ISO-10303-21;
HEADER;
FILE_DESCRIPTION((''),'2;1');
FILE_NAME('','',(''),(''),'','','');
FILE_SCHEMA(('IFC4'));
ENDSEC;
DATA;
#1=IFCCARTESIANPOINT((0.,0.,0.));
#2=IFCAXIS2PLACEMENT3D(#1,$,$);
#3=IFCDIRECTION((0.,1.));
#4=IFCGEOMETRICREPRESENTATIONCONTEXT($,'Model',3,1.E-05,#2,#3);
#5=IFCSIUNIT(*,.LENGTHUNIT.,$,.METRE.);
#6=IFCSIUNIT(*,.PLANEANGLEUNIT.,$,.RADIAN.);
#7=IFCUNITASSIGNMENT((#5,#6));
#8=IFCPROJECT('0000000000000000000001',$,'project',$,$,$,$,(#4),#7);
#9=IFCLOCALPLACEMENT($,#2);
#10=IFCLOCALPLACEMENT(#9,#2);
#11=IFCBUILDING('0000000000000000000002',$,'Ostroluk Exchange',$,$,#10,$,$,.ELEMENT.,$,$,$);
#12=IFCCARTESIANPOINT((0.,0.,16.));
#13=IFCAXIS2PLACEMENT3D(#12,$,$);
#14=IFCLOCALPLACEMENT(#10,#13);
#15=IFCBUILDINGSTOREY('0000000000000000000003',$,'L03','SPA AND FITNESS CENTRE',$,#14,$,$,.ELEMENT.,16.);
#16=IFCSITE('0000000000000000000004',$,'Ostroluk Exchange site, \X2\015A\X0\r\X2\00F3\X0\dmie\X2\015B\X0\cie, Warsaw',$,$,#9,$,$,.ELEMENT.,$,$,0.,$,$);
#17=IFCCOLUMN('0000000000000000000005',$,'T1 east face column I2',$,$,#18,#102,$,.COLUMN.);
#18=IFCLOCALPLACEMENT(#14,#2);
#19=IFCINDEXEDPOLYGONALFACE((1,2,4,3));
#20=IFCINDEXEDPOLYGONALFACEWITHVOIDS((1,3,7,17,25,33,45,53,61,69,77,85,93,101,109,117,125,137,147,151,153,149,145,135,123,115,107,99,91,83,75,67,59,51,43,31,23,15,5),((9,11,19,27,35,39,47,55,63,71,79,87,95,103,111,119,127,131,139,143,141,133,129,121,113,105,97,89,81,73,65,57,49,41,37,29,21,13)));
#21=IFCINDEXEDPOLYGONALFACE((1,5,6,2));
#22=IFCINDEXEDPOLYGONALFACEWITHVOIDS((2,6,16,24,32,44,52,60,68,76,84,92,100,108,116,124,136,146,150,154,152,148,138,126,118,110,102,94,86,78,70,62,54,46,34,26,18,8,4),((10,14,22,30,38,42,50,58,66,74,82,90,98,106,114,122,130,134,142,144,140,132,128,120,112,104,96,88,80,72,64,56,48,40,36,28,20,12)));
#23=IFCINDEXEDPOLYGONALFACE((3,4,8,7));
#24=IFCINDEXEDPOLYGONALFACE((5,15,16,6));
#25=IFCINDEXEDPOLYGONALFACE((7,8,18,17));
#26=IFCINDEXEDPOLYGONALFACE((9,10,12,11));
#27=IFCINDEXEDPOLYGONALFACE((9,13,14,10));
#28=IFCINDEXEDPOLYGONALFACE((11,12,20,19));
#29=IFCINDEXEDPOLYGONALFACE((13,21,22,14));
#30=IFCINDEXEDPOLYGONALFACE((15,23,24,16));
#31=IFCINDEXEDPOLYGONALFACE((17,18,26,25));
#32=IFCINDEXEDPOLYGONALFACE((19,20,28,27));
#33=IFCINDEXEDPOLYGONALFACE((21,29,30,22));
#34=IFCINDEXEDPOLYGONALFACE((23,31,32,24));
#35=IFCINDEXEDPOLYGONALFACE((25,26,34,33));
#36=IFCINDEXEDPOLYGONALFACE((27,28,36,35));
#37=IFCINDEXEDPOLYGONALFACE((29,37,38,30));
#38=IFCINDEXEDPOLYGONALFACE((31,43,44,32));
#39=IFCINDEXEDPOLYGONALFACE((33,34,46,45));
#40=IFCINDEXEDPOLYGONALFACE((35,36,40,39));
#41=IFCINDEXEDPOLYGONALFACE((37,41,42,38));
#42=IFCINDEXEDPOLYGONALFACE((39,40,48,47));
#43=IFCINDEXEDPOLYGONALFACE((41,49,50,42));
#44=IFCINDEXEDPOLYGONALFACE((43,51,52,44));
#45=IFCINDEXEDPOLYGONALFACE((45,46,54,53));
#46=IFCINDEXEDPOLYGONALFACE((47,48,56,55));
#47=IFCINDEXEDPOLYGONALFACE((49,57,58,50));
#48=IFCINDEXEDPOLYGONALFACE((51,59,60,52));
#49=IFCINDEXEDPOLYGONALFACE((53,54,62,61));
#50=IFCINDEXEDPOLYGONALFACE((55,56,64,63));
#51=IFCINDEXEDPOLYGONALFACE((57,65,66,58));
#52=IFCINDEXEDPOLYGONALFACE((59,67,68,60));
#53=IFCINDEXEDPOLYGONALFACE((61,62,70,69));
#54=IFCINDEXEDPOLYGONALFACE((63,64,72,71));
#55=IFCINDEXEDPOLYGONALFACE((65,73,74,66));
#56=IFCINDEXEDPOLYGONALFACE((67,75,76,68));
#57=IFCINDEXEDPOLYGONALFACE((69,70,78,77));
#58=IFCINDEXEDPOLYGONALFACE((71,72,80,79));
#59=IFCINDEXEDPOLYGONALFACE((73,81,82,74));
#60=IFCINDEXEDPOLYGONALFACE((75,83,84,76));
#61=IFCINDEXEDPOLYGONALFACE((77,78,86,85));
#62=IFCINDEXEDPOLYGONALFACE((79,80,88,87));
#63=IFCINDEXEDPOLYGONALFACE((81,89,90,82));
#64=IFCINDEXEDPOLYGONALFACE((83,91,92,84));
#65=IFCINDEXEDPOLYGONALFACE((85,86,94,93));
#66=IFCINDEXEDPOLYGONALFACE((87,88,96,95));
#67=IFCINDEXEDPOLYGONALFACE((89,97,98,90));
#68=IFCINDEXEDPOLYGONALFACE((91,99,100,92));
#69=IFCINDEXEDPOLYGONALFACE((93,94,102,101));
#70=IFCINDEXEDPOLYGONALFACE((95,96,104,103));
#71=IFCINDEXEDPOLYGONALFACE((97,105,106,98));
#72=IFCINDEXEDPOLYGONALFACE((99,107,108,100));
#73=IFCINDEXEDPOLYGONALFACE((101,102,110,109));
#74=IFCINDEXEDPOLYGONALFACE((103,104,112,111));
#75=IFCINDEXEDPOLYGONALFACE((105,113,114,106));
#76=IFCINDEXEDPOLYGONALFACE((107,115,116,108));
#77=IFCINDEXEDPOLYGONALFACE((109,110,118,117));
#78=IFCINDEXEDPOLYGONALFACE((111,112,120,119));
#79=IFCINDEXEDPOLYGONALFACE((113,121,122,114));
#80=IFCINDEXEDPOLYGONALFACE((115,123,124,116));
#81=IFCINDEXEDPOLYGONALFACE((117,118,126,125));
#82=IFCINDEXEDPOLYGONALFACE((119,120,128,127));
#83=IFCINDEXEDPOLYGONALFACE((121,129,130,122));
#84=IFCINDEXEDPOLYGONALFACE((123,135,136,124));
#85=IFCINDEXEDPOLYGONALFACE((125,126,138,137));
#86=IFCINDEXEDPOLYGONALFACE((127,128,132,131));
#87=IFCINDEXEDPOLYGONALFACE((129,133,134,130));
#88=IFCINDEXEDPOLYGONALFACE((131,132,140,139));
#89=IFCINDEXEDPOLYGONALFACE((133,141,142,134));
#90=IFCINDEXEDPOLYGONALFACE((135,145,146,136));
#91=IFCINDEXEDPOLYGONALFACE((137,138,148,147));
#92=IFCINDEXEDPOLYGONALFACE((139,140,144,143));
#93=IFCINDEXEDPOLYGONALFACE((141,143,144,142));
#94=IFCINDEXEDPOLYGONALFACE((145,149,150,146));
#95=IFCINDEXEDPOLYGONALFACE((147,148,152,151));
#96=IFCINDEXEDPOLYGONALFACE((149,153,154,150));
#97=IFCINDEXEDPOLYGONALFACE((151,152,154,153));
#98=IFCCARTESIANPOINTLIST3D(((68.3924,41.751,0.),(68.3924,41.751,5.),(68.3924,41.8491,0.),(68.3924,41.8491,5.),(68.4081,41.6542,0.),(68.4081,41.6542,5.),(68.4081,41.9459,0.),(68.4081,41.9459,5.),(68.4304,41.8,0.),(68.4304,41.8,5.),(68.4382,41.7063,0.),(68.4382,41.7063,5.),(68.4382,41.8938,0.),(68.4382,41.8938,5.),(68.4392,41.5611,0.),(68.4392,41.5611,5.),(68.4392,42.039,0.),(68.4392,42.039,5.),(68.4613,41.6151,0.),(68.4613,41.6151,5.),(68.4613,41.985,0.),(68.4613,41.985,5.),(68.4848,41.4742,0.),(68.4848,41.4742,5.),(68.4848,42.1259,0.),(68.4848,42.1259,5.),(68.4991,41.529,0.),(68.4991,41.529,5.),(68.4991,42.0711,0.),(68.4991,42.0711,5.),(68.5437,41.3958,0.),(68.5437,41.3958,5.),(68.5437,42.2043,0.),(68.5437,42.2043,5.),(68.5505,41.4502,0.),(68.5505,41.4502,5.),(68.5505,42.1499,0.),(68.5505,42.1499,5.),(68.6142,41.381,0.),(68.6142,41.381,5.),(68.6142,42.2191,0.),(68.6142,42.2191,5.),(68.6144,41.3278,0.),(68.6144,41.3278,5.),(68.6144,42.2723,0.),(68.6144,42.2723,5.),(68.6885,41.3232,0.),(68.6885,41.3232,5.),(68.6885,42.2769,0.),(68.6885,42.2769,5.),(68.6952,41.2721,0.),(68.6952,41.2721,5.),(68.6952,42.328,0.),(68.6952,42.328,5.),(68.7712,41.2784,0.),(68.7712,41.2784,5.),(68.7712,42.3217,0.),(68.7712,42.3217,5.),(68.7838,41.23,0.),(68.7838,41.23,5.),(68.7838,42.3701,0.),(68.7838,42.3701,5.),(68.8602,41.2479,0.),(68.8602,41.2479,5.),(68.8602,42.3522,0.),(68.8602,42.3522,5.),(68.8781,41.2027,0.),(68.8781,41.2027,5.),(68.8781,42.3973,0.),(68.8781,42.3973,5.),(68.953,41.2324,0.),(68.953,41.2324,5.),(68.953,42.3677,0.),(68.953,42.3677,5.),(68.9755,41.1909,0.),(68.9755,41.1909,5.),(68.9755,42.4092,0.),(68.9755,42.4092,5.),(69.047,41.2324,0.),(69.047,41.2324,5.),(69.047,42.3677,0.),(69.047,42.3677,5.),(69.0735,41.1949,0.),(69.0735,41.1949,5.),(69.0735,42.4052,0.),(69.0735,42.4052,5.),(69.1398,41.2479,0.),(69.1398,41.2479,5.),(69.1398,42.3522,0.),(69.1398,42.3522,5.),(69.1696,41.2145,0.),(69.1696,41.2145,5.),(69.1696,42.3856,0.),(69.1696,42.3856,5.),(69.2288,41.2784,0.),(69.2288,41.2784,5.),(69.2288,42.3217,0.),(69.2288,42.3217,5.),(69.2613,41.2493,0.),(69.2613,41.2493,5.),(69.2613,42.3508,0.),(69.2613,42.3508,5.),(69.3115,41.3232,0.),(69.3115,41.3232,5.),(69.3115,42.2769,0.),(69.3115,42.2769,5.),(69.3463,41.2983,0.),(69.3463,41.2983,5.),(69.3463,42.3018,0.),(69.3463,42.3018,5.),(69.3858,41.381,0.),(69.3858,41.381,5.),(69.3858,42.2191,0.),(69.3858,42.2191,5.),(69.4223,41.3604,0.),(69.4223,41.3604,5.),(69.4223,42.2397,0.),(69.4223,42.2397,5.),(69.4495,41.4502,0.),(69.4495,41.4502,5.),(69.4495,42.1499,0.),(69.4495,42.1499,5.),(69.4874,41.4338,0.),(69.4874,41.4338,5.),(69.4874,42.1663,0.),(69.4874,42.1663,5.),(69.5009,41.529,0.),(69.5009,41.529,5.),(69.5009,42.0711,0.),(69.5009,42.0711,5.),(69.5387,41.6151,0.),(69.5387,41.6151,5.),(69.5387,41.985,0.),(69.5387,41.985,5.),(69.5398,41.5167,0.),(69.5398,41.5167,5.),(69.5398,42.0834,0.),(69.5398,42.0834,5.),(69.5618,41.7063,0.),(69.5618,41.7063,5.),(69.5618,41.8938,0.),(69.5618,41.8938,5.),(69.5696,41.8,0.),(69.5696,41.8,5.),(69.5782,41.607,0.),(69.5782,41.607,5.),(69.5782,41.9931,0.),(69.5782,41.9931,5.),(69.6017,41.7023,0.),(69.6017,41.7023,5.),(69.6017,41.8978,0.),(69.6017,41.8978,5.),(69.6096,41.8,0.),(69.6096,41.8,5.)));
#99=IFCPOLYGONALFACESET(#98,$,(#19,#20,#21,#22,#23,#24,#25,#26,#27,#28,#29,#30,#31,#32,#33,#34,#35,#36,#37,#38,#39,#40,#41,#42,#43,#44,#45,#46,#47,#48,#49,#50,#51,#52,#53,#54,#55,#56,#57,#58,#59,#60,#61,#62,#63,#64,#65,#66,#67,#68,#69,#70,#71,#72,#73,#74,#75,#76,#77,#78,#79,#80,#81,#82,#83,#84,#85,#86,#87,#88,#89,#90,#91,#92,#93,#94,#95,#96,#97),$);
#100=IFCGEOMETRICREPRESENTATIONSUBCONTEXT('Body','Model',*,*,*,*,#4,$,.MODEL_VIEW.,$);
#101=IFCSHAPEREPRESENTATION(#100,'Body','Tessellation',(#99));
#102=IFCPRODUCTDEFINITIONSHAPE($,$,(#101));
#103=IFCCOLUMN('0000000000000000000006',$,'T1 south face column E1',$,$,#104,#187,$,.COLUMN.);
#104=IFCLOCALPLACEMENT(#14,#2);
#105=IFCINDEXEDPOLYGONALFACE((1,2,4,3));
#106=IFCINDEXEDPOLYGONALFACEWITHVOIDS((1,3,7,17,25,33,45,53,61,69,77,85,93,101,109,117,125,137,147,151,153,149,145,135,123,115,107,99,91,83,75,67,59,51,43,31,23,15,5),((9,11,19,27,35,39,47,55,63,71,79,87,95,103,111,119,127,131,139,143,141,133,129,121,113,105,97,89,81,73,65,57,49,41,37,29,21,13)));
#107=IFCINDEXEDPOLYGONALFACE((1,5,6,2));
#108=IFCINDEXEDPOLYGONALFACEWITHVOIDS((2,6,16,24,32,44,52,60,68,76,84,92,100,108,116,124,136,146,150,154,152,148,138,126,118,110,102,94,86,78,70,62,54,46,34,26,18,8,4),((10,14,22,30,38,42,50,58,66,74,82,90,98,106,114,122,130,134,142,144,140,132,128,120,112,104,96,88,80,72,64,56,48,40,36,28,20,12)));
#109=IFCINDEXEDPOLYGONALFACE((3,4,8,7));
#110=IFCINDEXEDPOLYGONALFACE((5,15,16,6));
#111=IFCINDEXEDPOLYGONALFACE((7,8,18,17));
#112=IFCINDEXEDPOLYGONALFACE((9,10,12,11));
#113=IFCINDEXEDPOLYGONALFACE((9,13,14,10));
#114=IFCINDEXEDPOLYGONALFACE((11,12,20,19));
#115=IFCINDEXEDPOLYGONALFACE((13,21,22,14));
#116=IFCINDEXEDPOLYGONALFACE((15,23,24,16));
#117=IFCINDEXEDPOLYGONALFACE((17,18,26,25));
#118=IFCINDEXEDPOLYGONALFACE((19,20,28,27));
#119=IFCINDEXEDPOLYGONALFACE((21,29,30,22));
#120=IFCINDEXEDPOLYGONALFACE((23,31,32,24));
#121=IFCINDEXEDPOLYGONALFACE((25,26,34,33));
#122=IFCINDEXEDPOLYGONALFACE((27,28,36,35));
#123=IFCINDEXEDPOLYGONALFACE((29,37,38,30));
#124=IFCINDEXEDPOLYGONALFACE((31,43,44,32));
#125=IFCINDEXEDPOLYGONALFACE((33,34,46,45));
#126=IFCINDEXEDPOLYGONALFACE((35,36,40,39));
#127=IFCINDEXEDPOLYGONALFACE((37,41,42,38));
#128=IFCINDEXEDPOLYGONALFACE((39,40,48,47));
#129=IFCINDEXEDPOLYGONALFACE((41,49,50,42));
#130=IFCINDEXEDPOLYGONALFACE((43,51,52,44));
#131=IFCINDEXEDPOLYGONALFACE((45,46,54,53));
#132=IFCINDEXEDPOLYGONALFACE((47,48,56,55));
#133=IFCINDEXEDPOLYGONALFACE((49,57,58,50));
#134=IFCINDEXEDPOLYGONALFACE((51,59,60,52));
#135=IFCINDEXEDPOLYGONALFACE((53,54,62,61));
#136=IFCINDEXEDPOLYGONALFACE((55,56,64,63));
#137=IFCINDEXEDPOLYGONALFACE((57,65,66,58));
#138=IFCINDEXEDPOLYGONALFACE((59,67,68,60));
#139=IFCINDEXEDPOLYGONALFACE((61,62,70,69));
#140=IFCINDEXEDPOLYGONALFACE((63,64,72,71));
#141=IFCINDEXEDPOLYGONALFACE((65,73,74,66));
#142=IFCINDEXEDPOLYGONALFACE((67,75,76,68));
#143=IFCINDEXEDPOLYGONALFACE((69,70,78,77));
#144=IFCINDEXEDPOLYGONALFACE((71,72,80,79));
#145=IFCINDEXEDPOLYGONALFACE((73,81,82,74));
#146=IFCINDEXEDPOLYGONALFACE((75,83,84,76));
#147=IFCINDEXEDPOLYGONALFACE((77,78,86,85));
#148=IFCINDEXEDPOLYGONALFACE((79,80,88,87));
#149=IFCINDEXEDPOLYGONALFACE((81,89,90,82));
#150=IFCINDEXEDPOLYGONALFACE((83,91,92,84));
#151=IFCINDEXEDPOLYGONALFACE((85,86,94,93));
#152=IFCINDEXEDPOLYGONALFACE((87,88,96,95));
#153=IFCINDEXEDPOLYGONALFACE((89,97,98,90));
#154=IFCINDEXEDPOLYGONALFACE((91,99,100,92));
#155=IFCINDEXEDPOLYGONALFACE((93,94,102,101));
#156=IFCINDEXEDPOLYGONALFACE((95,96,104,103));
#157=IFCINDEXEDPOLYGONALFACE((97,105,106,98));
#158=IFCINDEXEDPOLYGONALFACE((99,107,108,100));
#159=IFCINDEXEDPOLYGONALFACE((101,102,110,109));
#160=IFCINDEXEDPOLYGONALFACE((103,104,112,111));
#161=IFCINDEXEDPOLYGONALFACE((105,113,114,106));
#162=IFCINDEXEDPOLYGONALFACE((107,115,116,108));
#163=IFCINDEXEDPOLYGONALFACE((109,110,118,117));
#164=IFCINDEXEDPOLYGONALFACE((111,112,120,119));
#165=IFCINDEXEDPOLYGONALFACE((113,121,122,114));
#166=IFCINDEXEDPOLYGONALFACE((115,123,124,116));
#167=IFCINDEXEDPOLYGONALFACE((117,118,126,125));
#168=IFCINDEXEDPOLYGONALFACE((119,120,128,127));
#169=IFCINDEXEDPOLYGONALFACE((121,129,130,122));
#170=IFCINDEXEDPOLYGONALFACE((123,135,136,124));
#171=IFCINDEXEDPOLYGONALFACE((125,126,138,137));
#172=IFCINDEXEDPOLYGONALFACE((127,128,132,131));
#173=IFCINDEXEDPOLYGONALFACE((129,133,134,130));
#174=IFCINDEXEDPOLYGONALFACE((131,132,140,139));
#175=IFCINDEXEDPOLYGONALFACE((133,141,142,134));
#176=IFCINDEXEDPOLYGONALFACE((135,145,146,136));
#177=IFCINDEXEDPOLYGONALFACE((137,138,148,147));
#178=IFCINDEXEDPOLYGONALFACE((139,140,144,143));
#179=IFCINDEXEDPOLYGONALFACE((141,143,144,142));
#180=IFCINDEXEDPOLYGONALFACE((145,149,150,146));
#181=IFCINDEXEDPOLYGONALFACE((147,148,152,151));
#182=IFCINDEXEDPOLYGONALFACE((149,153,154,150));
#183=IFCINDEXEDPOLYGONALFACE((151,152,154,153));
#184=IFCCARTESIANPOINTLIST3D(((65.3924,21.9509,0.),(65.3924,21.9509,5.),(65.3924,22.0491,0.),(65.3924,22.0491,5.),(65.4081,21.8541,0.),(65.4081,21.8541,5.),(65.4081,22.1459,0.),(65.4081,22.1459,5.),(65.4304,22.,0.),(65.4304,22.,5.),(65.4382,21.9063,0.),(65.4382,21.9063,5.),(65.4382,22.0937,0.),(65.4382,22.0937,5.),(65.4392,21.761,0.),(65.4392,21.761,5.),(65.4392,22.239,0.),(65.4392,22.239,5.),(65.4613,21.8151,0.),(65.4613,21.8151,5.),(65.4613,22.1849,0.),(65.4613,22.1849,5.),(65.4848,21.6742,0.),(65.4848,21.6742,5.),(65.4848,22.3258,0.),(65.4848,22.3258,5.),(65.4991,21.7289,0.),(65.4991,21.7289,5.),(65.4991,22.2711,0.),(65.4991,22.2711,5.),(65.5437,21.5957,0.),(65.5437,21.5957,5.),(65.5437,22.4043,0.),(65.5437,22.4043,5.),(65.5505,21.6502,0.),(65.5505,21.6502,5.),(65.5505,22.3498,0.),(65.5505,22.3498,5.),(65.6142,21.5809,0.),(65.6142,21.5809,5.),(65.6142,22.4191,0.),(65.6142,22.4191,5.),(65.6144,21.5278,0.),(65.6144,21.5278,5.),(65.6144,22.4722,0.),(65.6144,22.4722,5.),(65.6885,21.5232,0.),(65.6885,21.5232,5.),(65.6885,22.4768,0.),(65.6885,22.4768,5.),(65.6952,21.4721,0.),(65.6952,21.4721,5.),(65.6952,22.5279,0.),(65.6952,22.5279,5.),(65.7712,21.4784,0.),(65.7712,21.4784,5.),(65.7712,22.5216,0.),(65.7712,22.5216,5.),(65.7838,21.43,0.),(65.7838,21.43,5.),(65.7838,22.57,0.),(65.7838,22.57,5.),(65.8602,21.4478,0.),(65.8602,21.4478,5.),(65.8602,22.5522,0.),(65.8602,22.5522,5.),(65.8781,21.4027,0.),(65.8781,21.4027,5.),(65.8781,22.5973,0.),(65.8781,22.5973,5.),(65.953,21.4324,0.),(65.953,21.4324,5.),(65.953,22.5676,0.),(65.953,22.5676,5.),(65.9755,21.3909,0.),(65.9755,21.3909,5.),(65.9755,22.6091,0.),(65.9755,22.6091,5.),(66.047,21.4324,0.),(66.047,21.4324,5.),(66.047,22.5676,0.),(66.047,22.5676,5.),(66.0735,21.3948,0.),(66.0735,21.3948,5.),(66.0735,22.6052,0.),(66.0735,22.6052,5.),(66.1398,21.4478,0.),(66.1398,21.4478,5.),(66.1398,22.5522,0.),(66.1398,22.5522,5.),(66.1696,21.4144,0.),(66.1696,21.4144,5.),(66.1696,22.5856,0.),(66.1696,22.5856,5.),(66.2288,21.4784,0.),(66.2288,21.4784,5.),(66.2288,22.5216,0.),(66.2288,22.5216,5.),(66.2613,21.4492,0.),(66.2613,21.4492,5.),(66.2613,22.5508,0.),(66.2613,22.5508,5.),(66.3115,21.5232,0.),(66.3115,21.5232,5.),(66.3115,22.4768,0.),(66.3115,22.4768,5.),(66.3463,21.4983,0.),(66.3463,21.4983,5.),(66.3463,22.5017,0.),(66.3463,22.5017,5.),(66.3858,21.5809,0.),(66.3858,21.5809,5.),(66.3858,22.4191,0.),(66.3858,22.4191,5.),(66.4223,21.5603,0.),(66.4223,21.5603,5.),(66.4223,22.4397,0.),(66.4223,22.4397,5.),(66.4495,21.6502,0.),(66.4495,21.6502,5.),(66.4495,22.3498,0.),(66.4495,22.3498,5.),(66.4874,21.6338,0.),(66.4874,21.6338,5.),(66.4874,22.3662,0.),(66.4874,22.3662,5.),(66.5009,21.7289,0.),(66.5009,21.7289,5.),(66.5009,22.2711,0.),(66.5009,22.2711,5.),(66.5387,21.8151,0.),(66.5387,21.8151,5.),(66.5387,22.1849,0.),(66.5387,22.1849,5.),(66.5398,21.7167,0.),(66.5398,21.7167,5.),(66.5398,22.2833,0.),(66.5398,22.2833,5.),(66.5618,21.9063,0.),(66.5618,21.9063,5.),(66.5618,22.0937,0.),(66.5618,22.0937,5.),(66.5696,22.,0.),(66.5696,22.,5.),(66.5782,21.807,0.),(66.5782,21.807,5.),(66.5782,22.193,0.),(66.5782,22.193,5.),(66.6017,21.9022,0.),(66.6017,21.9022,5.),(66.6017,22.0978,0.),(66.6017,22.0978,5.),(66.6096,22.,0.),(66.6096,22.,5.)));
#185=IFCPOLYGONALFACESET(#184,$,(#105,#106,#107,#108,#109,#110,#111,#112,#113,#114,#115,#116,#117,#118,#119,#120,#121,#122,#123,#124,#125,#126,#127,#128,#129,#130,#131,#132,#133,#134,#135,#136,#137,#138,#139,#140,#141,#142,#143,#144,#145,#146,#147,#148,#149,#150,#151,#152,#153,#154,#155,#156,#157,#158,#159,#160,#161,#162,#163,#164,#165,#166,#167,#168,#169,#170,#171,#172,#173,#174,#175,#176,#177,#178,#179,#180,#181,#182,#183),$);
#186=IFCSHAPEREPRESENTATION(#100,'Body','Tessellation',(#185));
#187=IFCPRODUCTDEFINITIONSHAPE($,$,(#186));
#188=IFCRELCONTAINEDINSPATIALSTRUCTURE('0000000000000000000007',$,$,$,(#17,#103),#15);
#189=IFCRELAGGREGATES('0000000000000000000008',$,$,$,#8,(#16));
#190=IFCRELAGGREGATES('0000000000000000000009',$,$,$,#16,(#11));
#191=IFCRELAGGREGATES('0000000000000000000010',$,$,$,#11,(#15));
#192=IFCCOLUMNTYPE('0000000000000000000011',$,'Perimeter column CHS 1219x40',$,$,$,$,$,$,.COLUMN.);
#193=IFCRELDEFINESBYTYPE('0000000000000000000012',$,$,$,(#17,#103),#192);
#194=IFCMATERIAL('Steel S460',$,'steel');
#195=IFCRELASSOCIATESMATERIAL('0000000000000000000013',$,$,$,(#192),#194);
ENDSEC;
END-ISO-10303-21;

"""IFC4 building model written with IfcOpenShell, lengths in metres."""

from ifc_helpers import new_model, si_unit, direction, frame, origin, origin_2d, place, context, subcontext, project, spatial, hollow_circle, extrude, material, material_profile, profile_set, type_object, element, save


model = new_model("IFC4")

# Units and contexts
model_context = context("Model", 3, precision=1e-05, world=origin(), true_north=direction((0.0, 1.0)))
body_context = subcontext(model_context, "Body", "Model", "MODEL_VIEW")
ifc_project = project(units=[si_unit("LENGTHUNIT", "METRE"), si_unit("PLANEANGLEUNIT", "RADIAN")], contexts=[model_context])

# Site, building, storey
site_placement = place(None, origin())
site = spatial("IfcSite", under=ifc_project, at=site_placement, Name="Ostroluk Exchange site, Śródmieście, Warsaw", CompositionType="ELEMENT", RefElevation=0.0)
building_placement = place(site_placement, origin())
building = spatial("IfcBuilding", under=site, at=building_placement, Name="Ostroluk Exchange", CompositionType="ELEMENT")
storey_placement = place(building_placement, frame((0.0, 0.0, 16.0)))
storey = spatial("IfcBuildingStorey", under=building, at=storey_placement, Name="L03", Description="SPA AND FITNESS CENTRE", CompositionType="ELEMENT", Elevation=16.0)

# Columns
ifc_material_1 = material(Name="Steel S460", Category="steel")
ifc_material_profile_1 = material_profile(ifc_material_1, hollow_circle(Radius=0.6096, WallThickness=0.04, at=origin_2d()), Name="CHS 1219x40")
ifc_profile_set_1 = profile_set([ifc_material_profile_1], Name="Steel S460")
column_type_1 = type_object("IfcColumnType", Name="Perimeter column CHS 1219x40", PredefinedType="COLUMN", material=ifc_profile_set_1)
for number, where, z_axis, x_axis, name in (
    (1, (69.0, 41.8, 0.0), (0.0, 0.0, 1.0), (1.0, 0.0, 0.0), "T1 east face column I2"),
    (2, (66.0, 22.0, 0.0), (0.0, 0.0, 1.0), (1.0, 0.0, 0.0), "T1 south face column E1"),
):
    element("IfcColumn", number, at=place(storey_placement, frame(where, z_axis=z_axis, x_axis=x_axis)), inside=storey, type_object=column_type_1, Name=name, PredefinedType="COLUMN", context=body_context, shape_type="SweptSolid", body=[
        extrude(hollow_circle(Radius=0.6096, WallThickness=0.04, at=origin_2d()), origin(), (0.0, 0.0, 1.0), 5.0),
    ])

save(model, "model.ifc")
